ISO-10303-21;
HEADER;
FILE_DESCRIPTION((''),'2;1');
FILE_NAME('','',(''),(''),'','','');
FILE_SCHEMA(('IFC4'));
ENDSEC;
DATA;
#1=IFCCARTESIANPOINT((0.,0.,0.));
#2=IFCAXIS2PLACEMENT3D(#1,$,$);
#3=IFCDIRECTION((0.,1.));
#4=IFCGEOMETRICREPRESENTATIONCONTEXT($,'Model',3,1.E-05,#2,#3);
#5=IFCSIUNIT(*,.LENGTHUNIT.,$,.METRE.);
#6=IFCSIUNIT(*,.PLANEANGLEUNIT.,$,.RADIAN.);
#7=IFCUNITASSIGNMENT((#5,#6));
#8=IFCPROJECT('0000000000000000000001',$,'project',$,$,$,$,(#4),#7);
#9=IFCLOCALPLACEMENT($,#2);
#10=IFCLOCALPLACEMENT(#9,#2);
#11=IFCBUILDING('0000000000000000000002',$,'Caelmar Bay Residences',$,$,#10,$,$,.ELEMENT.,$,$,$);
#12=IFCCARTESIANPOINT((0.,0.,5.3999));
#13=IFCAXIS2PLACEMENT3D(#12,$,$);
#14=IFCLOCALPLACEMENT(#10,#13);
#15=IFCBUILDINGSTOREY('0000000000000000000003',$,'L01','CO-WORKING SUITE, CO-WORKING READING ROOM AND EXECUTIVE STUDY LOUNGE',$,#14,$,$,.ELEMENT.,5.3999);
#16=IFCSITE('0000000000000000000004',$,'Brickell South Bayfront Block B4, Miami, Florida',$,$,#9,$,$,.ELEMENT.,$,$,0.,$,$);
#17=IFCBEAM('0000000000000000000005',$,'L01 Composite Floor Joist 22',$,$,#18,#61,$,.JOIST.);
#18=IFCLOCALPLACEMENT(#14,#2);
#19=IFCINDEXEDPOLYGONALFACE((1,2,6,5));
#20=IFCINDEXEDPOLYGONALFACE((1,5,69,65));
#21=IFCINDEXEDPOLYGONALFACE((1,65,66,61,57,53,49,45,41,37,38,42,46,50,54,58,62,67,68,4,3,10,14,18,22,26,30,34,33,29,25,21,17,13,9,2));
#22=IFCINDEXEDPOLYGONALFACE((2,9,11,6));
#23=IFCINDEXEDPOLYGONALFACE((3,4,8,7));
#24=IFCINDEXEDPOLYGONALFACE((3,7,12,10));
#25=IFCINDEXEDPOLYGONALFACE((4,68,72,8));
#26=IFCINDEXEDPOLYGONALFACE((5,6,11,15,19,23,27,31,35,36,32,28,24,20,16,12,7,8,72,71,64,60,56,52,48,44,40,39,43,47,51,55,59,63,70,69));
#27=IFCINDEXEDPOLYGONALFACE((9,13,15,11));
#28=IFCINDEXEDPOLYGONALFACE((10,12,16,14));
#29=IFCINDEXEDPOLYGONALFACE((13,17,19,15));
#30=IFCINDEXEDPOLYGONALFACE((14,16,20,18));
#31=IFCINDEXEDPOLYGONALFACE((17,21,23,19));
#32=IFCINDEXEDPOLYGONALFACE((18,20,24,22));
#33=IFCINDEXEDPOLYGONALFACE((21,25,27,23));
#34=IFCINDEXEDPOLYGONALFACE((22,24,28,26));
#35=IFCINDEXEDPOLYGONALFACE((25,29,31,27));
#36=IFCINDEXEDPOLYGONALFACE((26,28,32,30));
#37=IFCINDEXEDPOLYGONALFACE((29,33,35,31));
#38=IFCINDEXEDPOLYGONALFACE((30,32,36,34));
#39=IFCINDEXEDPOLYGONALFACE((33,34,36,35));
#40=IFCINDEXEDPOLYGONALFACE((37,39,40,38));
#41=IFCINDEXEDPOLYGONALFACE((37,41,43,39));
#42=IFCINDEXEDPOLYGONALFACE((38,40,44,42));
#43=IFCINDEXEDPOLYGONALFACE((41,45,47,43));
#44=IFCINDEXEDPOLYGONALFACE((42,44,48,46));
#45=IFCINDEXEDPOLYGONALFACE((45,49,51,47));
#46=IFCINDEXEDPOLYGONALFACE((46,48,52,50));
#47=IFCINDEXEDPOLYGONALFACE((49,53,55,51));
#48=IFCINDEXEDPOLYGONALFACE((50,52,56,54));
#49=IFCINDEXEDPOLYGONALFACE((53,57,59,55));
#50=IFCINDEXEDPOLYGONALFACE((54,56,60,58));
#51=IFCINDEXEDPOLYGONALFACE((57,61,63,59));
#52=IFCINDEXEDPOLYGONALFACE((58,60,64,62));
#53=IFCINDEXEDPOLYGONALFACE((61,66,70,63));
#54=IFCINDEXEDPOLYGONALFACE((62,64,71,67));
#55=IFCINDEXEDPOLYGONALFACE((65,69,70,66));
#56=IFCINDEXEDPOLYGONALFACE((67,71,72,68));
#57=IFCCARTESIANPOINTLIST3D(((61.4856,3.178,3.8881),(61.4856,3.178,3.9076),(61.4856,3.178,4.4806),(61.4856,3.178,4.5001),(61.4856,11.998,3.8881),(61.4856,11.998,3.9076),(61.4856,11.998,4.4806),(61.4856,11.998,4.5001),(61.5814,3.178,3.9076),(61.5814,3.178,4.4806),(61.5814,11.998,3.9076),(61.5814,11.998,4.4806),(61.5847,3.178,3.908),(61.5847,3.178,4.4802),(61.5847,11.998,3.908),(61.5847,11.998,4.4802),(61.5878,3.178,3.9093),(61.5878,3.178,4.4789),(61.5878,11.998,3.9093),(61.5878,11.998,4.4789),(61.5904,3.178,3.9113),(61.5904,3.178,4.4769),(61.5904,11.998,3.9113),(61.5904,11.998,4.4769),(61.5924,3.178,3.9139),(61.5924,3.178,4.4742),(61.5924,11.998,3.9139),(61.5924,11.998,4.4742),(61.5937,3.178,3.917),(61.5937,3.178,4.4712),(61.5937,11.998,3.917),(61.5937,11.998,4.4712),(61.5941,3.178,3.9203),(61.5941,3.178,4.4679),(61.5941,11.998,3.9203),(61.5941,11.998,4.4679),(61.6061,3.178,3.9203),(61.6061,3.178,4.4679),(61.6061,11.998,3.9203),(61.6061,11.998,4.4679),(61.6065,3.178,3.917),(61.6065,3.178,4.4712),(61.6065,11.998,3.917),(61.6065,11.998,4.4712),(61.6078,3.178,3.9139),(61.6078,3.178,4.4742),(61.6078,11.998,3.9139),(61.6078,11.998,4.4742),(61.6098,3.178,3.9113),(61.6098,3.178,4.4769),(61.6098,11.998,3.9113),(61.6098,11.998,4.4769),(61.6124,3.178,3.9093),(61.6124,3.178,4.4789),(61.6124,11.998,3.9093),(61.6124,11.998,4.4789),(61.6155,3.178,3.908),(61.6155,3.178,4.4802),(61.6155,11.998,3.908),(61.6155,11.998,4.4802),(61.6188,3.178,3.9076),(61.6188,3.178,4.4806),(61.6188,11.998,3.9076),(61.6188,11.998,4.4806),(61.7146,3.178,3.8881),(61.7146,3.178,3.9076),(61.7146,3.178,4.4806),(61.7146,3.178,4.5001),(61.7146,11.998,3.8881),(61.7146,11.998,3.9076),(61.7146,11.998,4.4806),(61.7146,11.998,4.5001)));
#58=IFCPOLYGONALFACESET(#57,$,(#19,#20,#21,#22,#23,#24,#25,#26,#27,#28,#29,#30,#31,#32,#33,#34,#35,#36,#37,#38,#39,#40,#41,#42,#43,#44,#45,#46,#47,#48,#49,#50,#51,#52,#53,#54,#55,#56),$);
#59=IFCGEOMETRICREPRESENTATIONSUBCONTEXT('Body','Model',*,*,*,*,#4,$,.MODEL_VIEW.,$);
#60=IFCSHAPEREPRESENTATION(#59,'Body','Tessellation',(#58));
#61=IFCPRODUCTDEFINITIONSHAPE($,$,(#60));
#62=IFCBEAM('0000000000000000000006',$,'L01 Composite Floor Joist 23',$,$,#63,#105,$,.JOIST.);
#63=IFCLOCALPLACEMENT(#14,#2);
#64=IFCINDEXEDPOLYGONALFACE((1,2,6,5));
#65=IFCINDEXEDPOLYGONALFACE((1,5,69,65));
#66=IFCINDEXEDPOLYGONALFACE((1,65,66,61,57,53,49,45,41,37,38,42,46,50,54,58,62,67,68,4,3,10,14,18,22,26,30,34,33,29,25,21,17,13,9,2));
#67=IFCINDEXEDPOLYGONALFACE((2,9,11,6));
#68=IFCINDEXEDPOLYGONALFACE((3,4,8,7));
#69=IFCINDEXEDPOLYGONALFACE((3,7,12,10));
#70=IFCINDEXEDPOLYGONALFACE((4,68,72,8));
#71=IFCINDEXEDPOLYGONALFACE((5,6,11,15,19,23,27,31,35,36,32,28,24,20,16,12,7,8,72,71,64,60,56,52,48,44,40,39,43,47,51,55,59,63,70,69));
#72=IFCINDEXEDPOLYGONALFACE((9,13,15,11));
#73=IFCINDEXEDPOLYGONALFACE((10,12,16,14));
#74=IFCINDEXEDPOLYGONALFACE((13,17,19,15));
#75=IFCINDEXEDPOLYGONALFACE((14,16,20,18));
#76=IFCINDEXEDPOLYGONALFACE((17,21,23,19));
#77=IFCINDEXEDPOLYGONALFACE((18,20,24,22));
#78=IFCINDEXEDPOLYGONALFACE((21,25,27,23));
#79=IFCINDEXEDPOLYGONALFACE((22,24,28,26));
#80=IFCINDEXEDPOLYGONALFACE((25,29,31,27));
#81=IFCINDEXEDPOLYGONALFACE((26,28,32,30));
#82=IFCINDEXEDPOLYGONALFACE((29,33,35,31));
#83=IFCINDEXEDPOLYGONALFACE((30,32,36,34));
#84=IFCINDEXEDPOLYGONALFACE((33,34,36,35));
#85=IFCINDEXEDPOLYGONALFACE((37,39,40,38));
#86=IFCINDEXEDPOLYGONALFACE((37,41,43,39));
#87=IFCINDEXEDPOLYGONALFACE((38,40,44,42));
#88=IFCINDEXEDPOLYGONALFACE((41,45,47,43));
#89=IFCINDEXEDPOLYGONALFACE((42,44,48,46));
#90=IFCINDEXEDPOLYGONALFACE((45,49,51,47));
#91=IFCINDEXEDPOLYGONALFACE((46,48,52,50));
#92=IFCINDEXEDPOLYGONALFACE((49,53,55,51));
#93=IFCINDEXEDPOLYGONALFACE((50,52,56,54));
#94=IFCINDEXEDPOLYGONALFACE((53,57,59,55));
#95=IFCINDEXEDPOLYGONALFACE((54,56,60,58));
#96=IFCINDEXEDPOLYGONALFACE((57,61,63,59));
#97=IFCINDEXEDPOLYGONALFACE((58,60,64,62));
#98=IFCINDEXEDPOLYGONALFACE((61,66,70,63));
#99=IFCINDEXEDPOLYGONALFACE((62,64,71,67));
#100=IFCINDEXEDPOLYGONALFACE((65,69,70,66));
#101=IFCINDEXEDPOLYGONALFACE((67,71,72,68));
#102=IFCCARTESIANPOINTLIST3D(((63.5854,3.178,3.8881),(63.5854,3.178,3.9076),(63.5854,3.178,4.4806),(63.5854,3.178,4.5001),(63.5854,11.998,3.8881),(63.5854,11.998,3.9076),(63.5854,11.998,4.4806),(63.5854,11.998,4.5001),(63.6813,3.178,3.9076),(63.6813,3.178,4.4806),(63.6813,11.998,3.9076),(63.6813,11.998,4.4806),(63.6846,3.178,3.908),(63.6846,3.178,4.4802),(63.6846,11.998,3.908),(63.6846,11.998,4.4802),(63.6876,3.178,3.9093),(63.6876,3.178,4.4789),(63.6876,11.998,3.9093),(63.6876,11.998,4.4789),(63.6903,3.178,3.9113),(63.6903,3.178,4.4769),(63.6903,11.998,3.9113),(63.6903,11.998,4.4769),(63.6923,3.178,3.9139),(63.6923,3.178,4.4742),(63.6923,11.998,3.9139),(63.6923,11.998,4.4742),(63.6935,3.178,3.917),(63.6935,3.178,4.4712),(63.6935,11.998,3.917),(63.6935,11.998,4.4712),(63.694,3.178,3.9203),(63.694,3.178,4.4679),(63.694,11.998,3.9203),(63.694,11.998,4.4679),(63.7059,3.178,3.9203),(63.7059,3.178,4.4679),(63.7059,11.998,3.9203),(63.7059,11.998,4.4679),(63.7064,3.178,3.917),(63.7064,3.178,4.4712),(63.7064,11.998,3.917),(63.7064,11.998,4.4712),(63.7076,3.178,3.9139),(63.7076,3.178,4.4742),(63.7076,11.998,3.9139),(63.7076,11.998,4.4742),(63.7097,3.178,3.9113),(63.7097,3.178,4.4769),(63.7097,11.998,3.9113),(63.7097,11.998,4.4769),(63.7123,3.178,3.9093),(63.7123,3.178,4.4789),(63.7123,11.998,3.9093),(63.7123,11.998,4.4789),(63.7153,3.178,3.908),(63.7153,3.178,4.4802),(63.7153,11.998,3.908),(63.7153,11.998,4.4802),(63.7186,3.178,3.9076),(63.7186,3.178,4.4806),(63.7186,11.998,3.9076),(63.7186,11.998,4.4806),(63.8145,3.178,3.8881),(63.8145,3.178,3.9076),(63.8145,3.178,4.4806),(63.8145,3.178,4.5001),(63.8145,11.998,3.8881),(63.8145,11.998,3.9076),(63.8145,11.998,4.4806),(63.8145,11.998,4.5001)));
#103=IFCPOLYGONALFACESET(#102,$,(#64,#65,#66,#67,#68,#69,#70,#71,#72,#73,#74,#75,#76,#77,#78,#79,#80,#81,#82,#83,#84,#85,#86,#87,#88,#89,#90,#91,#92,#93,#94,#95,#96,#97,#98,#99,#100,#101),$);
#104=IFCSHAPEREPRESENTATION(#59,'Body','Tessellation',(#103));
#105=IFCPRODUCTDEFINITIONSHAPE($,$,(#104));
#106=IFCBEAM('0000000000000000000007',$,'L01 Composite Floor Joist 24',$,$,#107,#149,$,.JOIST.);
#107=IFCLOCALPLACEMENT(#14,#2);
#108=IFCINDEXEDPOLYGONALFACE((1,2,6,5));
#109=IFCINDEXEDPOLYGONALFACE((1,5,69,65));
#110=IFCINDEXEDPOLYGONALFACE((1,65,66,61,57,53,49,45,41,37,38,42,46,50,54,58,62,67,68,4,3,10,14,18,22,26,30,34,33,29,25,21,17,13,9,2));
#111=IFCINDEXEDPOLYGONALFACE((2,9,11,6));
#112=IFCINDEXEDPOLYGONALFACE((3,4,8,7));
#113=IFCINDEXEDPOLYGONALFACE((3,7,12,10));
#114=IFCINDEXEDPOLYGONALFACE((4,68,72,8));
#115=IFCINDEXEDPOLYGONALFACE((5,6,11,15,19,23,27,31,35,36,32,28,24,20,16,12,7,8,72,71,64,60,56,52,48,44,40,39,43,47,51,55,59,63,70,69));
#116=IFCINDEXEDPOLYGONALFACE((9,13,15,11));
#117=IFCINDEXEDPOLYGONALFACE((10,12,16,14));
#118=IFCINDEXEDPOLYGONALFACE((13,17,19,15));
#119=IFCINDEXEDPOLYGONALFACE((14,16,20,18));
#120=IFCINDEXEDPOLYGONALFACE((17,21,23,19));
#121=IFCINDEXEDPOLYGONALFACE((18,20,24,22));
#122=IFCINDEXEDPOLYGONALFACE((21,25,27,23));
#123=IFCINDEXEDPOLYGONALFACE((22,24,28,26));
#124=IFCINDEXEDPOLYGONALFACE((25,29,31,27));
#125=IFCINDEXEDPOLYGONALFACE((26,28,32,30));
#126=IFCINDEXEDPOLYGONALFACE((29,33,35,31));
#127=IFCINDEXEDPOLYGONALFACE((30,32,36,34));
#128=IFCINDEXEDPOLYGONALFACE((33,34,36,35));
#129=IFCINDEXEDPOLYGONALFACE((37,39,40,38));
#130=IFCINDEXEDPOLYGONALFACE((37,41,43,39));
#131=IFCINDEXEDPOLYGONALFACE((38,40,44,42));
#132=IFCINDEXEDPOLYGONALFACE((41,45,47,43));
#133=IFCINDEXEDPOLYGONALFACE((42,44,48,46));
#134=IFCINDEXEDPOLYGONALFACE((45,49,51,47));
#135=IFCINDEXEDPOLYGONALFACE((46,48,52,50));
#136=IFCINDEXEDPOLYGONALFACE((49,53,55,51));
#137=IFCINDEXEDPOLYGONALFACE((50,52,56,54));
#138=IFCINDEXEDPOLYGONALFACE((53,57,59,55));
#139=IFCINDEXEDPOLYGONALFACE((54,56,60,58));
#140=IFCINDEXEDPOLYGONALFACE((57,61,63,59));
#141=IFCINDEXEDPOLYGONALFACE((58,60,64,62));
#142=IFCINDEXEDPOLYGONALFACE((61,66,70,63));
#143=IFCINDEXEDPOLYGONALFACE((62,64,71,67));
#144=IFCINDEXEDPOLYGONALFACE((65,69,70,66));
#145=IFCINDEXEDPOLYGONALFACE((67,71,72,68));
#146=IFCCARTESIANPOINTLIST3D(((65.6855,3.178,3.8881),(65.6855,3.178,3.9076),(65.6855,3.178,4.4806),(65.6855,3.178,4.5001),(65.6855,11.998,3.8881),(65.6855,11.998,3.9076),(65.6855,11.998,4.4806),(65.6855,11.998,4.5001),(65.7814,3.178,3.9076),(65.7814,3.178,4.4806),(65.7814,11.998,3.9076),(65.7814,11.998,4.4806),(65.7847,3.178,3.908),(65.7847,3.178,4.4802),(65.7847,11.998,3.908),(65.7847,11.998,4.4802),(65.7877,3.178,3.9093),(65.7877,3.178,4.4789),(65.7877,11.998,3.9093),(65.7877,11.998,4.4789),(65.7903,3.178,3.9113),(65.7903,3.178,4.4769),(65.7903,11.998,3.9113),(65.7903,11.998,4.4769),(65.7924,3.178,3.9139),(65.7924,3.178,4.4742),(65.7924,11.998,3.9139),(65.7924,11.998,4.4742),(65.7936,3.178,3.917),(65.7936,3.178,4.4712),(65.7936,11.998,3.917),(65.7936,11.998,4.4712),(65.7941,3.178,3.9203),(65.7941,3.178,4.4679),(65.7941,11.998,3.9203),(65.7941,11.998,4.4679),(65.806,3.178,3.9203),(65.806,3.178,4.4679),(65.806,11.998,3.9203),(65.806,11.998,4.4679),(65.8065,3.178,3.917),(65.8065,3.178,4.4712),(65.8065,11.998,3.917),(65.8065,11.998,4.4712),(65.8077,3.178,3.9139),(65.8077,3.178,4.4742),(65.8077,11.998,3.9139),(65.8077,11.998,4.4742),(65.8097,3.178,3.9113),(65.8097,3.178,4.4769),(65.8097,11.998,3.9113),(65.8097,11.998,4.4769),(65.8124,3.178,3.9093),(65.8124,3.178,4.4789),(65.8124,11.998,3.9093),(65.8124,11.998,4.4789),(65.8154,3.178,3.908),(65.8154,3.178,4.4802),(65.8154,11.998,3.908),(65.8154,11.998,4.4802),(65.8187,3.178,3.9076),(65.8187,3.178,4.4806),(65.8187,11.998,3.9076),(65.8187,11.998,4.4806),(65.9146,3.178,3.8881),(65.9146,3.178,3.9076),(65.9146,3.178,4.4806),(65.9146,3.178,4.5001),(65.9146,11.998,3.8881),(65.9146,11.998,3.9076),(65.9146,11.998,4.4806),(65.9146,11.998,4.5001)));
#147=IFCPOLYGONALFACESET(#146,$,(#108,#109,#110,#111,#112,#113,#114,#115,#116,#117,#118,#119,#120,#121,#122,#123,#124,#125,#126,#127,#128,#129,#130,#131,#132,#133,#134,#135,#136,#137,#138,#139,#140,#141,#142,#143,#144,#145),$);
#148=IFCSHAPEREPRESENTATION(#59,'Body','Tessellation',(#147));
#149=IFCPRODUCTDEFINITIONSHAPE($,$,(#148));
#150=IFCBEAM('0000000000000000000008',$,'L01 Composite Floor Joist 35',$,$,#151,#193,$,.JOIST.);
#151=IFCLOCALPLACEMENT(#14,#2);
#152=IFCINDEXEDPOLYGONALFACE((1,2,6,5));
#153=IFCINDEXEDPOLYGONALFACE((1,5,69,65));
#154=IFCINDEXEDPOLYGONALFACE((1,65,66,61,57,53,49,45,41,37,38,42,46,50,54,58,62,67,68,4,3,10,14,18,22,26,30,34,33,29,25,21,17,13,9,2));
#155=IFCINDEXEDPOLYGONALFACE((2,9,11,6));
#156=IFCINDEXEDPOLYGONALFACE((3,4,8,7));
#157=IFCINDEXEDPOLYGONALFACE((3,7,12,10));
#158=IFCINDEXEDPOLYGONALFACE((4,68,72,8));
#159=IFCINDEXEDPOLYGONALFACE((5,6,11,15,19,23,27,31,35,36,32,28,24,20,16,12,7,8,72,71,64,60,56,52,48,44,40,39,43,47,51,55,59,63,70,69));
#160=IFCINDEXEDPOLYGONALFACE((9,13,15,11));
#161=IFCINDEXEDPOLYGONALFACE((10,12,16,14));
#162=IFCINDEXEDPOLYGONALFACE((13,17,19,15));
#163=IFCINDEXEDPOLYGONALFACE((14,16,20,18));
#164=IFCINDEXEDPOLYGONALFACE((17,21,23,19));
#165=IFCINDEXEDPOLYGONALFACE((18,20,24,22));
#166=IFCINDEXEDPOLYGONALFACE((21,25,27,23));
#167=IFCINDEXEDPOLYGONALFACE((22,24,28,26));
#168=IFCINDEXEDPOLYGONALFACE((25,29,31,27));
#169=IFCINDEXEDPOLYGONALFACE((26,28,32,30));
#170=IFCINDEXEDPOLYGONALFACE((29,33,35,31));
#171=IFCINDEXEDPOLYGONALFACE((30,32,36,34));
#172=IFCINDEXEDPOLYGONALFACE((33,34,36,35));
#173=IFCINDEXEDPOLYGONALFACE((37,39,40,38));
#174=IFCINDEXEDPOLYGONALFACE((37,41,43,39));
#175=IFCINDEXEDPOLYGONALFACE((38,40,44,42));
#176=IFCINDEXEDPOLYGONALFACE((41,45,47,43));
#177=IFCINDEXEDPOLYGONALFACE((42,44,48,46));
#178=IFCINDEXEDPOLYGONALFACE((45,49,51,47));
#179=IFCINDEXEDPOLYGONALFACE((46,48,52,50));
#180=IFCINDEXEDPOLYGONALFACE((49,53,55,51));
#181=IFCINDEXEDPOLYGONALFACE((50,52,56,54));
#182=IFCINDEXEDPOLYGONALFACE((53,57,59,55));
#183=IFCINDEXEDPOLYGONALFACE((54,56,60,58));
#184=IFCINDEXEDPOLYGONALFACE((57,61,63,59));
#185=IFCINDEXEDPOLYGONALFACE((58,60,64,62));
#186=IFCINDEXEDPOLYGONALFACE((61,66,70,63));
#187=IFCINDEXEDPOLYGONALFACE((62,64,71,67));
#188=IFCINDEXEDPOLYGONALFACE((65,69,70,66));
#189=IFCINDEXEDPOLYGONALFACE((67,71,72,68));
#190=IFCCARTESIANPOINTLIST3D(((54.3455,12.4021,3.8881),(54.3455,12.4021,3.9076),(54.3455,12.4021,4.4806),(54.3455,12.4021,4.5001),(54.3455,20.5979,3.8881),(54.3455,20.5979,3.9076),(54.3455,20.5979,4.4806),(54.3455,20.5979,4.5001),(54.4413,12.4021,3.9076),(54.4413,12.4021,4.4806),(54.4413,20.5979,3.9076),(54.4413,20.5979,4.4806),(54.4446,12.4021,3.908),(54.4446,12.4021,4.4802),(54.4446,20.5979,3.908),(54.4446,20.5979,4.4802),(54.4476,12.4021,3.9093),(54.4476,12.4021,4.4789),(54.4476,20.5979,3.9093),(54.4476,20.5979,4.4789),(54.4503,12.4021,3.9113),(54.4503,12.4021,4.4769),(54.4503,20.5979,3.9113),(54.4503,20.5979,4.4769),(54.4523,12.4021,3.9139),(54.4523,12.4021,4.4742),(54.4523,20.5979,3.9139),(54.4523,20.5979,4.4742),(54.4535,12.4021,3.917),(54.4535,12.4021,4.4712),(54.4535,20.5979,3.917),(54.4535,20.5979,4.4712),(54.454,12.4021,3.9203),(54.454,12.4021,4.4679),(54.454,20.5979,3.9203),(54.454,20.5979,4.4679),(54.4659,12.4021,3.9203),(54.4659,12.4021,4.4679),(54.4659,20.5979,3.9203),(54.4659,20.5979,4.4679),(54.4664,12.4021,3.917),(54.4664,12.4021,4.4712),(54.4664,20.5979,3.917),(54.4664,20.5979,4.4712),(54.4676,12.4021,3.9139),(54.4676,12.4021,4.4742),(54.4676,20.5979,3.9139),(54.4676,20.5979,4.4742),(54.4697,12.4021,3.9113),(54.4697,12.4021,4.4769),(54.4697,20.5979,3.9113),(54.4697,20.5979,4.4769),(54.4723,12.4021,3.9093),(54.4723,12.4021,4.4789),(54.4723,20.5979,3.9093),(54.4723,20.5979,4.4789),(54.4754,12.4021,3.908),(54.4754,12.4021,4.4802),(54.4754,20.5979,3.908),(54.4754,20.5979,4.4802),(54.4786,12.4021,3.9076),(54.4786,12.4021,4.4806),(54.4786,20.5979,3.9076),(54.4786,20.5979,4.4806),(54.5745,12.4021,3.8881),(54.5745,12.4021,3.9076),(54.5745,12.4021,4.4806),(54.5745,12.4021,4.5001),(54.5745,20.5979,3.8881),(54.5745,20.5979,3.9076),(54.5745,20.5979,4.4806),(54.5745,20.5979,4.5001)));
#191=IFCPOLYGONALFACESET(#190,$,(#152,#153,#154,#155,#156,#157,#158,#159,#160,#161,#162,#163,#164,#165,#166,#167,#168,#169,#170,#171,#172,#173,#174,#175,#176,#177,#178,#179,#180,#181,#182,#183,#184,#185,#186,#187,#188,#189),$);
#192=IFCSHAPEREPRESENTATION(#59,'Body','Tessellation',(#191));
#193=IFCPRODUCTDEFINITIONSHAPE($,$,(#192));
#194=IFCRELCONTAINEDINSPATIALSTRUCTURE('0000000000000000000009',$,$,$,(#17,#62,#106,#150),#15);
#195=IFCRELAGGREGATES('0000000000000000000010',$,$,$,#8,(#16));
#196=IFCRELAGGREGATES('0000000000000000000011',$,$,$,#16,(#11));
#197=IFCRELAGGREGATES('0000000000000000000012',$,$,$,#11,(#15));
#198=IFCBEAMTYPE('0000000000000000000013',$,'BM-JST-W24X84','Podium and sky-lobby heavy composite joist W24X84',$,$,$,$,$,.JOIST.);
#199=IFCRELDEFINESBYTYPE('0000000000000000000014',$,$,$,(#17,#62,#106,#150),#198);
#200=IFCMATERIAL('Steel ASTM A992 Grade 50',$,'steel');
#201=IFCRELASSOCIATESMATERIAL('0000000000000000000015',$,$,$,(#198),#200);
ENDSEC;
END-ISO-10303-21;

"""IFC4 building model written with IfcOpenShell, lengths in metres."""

from ifc_helpers import new_model, si_unit, direction, frame, origin, origin_2d, place, context, subcontext, project, spatial, i_section, extrude, material, material_profile, profile_set, type_object, element, save


model = new_model("IFC4")

# Units and contexts
model_context = context("Model", 3, precision=1e-05, world=origin(), true_north=direction((0.0, 1.0)))
body_context = subcontext(model_context, "Body", "Model", "MODEL_VIEW")
ifc_project = project(units=[si_unit("LENGTHUNIT", "METRE"), si_unit("PLANEANGLEUNIT", "RADIAN")], contexts=[model_context])

# Site, building, storey
site_placement = place(None, origin())
site = spatial("IfcSite", under=ifc_project, at=site_placement, Name="Brickell South Bayfront Block B4, Miami, Florida", CompositionType="ELEMENT", RefElevation=0.0)
building_placement = place(site_placement, origin())
building = spatial("IfcBuilding", under=site, at=building_placement, Name="Caelmar Bay Residences", CompositionType="ELEMENT")
storey_placement = place(building_placement, frame((0.0, 0.0, 5.3999)))
storey = spatial("IfcBuildingStorey", under=building, at=storey_placement, Name="L01", Description="CO-WORKING SUITE, CO-WORKING READING ROOM AND EXECUTIVE STUDY LOUNGE", CompositionType="ELEMENT", Elevation=5.3999)

# Beams
ifc_material_1 = material(Name="Steel ASTM A992 Grade 50", Category="steel")
ifc_material_profile_1 = material_profile(ifc_material_1, i_section(OverallWidth=0.229, OverallDepth=0.6121, WebThickness=0.012, FlangeThickness=0.0195, FilletRadius=0.0127, at=origin_2d()), Name="W24X84")
ifc_profile_set_1 = profile_set([ifc_material_profile_1], Name="Steel ASTM A992 Grade 50")
beam_type_1 = type_object("IfcBeamType", Name="BM-JST-W24X84", Description="Podium and sky-lobby heavy composite joist W24X84", PredefinedType="JOIST", material=ifc_profile_set_1)
for number, where, z_axis, x_axis, name in (
    (1, (61.6001, 3.178, 4.1941), (0.0, 1.0, 0.0), (-1.0, 0.0, 0.0), "L01 Composite Floor Joist 22"),
    (2, (63.7, 3.178, 4.1941), (0.0, 1.0, 0.0), (-1.0, 0.0, 0.0), "L01 Composite Floor Joist 23"),
    (3, (65.8, 3.178, 4.1941), (0.0, 1.0, 0.0), (-1.0, 0.0, 0.0), "L01 Composite Floor Joist 24"),
):
    element("IfcBeam", number, at=place(storey_placement, frame(where, z_axis=z_axis, x_axis=x_axis)), inside=storey, type_object=beam_type_1, Name=name, PredefinedType="JOIST", context=body_context, shape_type="SweptSolid", body=[
        extrude(i_section(OverallWidth=0.229, OverallDepth=0.6121, WebThickness=0.012, FlangeThickness=0.0195, FilletRadius=0.0127, at=origin_2d()), origin(), (0.0, 0.0, 1.0), 8.8201),
    ])
for number, where, z_axis, x_axis, name in (
    (4, (54.46, 12.4021, 4.1941), (0.0, 1.0, 0.0), (-1.0, 0.0, 0.0), "L01 Composite Floor Joist 35"),
):
    element("IfcBeam", number, at=place(storey_placement, frame(where, z_axis=z_axis, x_axis=x_axis)), inside=storey, type_object=beam_type_1, Name=name, PredefinedType="JOIST", context=body_context, shape_type="SweptSolid", body=[
        extrude(i_section(OverallWidth=0.229, OverallDepth=0.6121, WebThickness=0.012, FlangeThickness=0.0195, FilletRadius=0.0127, at=origin_2d()), origin(), (0.0, 0.0, 1.0), 8.1958),
    ])

save(model, "model.ifc")
